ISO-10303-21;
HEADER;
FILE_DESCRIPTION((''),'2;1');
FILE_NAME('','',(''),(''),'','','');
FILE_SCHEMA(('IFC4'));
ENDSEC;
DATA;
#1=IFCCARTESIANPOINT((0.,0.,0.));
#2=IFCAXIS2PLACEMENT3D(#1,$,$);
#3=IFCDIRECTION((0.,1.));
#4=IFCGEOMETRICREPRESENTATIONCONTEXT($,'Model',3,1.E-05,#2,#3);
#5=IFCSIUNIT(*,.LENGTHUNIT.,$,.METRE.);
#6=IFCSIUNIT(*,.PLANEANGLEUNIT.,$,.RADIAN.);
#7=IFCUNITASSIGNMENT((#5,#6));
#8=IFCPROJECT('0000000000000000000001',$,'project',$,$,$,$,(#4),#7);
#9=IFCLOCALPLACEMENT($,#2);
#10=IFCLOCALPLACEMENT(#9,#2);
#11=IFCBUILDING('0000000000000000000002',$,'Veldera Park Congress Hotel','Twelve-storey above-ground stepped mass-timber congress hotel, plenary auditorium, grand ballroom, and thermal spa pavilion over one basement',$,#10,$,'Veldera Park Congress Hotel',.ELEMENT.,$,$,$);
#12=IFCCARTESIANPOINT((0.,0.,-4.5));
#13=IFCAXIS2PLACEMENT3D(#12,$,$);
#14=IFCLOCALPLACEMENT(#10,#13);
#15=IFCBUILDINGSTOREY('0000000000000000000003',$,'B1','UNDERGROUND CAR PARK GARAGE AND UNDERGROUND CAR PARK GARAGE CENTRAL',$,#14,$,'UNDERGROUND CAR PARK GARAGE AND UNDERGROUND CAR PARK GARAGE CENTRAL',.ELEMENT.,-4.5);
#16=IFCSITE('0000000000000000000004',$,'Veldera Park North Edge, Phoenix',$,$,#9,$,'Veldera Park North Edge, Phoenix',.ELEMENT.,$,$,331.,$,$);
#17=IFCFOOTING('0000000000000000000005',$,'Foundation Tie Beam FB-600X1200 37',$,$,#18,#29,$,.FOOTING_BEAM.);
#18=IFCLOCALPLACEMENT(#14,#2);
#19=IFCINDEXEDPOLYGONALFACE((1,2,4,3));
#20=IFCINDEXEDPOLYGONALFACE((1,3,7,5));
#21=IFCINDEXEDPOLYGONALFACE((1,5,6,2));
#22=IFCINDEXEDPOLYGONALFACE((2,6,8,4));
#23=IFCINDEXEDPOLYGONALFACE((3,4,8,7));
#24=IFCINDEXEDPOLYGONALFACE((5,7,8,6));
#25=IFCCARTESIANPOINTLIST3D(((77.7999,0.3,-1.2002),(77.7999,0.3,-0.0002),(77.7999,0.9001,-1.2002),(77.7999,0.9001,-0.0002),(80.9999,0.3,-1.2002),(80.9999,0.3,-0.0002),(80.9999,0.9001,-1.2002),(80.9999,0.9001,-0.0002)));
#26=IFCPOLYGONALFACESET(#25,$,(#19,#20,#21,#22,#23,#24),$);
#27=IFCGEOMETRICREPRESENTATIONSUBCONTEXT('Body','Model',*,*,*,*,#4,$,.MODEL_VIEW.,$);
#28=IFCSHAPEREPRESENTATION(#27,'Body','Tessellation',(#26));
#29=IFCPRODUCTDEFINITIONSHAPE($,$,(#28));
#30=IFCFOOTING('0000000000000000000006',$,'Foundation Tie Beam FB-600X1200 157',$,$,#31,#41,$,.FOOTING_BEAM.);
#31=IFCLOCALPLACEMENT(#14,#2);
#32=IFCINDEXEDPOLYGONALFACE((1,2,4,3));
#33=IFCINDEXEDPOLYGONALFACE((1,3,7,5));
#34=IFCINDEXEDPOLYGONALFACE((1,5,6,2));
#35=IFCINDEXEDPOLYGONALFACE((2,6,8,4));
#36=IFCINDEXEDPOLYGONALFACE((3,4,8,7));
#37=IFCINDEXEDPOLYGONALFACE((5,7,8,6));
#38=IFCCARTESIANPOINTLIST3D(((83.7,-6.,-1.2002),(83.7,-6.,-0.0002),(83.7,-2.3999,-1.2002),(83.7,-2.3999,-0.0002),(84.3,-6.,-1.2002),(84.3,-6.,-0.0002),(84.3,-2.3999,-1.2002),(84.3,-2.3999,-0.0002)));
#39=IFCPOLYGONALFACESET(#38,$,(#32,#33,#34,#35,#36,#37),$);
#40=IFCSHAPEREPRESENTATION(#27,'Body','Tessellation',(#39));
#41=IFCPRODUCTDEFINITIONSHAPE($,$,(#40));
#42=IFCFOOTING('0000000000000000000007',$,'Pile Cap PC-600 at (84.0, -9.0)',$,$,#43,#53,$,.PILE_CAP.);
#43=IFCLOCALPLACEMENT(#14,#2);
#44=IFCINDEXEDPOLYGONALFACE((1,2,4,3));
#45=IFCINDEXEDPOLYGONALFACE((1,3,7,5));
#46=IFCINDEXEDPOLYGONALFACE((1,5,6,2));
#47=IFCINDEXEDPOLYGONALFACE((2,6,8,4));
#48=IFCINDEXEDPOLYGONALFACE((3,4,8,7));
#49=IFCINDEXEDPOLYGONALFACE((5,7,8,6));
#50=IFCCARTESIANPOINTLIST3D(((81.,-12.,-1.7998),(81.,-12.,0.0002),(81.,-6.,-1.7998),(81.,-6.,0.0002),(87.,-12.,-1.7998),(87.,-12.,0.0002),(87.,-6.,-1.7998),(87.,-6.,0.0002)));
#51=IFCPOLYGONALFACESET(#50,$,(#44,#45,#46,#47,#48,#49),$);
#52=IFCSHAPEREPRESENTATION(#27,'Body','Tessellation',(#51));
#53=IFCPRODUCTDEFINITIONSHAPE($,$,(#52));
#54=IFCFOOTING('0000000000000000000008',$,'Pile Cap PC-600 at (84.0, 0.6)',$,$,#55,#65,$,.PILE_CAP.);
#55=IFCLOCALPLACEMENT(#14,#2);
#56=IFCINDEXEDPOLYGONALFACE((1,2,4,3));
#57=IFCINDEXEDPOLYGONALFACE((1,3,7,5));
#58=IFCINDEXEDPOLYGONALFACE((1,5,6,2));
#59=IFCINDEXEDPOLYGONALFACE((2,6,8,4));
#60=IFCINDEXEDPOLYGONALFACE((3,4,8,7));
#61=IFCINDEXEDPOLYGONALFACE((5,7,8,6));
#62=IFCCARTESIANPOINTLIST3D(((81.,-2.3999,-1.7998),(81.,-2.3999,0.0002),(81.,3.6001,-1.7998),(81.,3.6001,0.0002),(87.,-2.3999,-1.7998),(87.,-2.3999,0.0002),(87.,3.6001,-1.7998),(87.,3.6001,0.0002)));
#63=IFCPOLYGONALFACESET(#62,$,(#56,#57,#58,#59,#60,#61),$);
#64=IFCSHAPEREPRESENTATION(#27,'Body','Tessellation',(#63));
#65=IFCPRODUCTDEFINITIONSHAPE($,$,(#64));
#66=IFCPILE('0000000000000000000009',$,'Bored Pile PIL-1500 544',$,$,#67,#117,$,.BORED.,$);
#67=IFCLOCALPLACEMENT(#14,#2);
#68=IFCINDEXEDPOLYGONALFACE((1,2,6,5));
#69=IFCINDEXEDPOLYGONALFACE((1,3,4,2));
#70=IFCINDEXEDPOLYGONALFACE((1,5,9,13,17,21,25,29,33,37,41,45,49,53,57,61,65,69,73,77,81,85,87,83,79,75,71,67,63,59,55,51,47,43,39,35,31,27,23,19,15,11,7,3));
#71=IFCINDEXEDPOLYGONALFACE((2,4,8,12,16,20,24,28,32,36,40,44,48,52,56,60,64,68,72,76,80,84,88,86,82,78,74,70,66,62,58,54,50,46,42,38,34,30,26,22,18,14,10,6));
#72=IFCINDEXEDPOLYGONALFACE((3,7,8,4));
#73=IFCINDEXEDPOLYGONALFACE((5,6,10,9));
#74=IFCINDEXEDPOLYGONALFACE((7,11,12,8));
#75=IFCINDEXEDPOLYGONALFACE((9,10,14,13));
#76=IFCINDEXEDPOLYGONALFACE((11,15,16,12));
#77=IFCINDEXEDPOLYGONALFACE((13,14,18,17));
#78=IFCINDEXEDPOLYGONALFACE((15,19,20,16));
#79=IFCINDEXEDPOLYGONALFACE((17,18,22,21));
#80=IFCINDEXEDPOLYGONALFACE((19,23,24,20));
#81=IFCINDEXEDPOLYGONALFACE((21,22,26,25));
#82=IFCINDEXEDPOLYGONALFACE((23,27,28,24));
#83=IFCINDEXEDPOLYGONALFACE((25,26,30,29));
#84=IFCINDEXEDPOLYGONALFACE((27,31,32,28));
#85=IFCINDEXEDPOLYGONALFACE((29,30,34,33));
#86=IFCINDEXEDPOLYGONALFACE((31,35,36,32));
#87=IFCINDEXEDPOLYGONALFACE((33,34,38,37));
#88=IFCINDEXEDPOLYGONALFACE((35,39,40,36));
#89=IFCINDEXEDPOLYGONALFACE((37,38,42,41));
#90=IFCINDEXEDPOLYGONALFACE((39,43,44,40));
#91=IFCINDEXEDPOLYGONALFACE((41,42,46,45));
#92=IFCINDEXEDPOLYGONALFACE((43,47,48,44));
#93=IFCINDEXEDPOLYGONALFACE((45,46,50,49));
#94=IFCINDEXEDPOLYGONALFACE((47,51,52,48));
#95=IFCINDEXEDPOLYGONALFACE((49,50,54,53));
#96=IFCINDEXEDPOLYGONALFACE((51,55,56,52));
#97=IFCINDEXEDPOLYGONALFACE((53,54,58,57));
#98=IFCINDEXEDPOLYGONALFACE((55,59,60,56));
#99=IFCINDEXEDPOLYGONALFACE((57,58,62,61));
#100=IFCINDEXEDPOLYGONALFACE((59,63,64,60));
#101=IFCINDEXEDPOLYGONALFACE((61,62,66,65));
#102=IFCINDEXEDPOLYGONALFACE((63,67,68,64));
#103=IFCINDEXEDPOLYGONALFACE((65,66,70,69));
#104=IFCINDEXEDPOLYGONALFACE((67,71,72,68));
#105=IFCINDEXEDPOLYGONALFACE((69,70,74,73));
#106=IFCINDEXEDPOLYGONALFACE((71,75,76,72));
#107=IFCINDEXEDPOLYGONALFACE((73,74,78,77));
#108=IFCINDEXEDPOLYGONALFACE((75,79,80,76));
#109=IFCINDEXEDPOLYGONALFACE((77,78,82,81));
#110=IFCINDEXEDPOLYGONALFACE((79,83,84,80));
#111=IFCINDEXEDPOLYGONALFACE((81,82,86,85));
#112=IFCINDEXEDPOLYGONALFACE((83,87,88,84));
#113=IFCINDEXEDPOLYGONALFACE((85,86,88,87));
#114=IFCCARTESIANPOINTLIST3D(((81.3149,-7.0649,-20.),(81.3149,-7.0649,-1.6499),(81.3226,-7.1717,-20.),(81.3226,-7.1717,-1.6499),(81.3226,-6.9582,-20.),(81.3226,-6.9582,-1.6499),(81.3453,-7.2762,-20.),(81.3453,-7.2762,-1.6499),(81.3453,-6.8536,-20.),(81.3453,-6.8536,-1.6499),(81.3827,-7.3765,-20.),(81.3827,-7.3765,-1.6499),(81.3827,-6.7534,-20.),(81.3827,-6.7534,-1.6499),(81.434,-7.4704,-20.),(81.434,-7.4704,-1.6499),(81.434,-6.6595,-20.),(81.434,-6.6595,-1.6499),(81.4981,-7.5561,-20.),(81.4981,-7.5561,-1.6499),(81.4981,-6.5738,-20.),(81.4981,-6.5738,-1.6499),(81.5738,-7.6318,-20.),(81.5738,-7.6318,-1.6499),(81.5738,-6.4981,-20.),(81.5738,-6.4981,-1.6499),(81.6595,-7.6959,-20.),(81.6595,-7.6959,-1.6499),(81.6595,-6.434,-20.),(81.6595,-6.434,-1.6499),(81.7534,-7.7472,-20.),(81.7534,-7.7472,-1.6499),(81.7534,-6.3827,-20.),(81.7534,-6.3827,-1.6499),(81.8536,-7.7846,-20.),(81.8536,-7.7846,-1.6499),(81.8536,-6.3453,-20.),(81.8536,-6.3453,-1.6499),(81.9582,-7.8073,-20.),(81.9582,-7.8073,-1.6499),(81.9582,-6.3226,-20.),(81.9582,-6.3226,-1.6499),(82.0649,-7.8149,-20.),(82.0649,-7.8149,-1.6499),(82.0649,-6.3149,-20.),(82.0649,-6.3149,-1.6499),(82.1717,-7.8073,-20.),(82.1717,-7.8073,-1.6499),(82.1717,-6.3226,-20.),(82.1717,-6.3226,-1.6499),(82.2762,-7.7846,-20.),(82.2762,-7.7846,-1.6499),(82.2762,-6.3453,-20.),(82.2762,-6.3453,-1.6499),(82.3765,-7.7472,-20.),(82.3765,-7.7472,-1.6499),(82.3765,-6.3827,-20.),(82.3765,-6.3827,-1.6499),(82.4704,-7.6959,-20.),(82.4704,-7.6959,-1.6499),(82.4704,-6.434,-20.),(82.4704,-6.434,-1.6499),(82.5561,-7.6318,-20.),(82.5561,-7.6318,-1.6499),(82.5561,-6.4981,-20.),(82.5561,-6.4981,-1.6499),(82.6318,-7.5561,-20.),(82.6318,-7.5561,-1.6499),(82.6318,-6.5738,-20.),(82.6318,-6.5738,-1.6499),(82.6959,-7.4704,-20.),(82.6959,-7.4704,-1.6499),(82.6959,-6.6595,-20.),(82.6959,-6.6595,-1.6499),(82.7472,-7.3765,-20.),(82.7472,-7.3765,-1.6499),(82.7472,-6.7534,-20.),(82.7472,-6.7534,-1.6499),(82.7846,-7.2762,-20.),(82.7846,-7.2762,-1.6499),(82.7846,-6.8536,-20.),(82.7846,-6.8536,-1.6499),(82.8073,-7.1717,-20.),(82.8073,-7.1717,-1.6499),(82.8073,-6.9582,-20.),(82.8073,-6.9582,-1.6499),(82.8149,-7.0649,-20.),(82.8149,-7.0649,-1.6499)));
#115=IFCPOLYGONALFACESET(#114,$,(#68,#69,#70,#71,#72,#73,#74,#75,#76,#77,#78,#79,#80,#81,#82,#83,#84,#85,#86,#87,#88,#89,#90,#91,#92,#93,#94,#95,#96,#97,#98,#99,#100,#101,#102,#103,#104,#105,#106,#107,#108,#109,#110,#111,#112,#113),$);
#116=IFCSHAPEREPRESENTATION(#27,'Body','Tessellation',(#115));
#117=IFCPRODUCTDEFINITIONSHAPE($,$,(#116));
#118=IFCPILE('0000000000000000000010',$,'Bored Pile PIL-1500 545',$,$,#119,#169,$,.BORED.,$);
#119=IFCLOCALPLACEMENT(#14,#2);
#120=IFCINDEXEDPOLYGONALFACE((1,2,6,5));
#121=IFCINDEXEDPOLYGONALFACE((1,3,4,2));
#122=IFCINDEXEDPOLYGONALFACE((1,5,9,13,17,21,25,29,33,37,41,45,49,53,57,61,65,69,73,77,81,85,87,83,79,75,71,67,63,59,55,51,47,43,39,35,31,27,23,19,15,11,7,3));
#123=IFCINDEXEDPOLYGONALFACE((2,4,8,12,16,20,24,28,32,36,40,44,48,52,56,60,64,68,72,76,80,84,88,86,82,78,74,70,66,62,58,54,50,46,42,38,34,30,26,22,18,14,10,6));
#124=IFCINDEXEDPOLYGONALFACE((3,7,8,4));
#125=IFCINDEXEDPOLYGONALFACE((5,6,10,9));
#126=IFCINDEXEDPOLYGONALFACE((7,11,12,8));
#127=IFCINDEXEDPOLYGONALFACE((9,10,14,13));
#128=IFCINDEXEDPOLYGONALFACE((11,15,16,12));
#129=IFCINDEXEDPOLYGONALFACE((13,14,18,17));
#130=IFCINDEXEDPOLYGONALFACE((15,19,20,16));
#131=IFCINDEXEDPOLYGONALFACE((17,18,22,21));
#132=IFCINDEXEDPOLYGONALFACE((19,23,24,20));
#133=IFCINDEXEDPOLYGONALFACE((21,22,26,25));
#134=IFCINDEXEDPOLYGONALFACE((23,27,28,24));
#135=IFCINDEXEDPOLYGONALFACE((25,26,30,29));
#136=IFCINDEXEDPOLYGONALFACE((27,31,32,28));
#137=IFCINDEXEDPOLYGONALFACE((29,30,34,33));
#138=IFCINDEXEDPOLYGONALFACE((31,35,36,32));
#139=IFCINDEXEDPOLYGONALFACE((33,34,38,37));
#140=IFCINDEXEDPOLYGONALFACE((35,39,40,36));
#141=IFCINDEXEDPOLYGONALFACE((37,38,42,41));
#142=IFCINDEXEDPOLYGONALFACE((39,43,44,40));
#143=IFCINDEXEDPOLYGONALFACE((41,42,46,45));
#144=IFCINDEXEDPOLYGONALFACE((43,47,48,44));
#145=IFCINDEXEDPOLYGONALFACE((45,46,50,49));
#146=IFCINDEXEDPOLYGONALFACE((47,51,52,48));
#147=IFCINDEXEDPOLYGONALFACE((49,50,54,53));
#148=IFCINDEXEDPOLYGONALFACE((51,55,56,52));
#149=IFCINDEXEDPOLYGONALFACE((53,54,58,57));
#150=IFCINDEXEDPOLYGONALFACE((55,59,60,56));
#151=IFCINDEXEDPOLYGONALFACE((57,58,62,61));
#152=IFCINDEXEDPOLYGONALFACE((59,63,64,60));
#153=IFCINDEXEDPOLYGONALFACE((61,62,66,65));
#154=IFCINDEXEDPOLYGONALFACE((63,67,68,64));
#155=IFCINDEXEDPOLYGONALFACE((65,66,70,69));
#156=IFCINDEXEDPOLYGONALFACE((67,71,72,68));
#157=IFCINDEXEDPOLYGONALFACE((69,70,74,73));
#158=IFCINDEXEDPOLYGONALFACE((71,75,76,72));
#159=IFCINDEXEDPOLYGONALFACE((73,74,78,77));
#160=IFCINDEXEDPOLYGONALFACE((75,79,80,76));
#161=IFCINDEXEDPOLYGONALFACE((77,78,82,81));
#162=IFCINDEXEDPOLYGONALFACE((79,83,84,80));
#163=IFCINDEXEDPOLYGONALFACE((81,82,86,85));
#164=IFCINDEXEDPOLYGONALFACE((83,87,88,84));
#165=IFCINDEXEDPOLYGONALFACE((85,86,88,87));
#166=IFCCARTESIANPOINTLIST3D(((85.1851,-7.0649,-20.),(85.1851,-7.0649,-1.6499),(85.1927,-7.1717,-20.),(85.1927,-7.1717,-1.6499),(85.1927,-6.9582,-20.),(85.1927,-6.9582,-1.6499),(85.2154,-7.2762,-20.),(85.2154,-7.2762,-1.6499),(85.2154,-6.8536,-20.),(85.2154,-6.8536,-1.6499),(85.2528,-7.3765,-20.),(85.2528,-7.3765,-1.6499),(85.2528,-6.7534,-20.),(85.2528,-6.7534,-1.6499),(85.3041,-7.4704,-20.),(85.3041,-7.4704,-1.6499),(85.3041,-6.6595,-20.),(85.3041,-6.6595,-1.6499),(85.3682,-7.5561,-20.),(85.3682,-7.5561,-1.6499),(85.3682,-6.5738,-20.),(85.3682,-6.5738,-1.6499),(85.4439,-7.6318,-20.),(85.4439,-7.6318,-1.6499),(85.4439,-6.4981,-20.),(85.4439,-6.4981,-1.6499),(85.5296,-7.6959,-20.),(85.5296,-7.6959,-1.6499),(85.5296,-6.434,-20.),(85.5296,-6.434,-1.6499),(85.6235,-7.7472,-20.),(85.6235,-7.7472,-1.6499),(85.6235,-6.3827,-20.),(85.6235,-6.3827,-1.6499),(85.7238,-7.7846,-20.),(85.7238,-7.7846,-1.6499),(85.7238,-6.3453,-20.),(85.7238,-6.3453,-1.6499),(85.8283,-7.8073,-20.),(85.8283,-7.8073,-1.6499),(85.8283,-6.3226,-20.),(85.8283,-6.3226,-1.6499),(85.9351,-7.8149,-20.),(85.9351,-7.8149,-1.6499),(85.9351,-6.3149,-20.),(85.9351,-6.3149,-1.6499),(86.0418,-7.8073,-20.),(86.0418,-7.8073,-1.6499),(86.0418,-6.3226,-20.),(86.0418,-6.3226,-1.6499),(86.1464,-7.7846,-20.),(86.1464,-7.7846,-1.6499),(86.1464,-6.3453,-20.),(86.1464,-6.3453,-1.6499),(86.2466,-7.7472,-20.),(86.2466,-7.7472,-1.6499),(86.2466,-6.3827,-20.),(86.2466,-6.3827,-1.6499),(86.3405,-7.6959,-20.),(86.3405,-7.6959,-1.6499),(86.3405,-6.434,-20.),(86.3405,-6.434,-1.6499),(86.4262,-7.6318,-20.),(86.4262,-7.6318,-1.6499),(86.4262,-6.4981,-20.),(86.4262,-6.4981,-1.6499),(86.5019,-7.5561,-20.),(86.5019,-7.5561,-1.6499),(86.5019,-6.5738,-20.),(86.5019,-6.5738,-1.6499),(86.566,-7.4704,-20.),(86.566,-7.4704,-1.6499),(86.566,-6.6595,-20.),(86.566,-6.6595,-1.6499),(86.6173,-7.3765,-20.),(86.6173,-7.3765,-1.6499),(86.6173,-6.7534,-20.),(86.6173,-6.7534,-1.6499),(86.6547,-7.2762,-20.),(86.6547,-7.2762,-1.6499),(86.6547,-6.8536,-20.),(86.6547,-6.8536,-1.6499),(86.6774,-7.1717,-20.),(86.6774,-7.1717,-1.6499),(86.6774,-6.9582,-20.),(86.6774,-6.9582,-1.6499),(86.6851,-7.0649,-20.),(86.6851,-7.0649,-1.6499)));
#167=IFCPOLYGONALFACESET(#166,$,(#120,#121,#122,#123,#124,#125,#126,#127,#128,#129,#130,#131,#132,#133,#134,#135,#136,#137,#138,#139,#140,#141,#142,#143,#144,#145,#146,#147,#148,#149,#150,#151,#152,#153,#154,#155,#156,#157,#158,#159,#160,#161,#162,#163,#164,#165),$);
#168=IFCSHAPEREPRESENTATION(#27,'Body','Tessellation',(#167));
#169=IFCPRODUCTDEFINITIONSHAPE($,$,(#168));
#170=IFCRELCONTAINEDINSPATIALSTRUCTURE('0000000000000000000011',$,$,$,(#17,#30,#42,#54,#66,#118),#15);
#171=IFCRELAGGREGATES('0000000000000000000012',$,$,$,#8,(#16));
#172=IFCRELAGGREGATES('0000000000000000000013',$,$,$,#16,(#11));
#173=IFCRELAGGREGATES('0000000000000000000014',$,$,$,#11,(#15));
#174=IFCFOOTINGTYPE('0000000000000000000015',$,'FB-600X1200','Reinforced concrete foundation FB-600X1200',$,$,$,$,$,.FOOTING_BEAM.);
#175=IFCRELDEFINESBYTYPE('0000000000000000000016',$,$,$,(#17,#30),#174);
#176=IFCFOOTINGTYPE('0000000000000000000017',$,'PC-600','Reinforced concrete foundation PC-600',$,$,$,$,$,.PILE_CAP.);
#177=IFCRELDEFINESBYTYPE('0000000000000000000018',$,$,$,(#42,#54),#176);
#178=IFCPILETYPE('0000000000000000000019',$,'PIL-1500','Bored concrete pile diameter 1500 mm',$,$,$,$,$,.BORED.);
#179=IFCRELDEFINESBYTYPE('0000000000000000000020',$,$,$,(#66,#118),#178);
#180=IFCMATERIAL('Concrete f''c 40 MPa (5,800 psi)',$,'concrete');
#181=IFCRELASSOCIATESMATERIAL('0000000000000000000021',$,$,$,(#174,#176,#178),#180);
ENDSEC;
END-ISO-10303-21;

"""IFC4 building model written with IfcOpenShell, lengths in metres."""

from ifc_helpers import new_model, si_unit, direction, frame, origin, origin_2d, place, context, subcontext, project, spatial, rectangle, circle, extrude, material, material_profile, profile_set, type_object, element, save


model = new_model("IFC4")

# Units and contexts
model_context = context("Model", 3, precision=1e-05, world=origin(), true_north=direction((0.0, 1.0)))
body_context = subcontext(model_context, "Body", "Model", "MODEL_VIEW")
ifc_project = project(units=[si_unit("LENGTHUNIT", "METRE"), si_unit("PLANEANGLEUNIT", "RADIAN")], contexts=[model_context])

# Site, building, storey
site_placement = place(None, origin())
site = spatial("IfcSite", under=ifc_project, at=site_placement, Name="Veldera Park North Edge, Phoenix", LongName="Veldera Park North Edge, Phoenix", CompositionType="ELEMENT", RefElevation=331.0)
building_placement = place(site_placement, origin())
building = spatial("IfcBuilding", under=site, at=building_placement, Name="Veldera Park Congress Hotel", Description="Twelve-storey above-ground stepped mass-timber congress hotel, plenary auditorium, grand ballroom, and thermal spa pavilion over one basement", LongName="Veldera Park Congress Hotel", CompositionType="ELEMENT")
storey_placement = place(building_placement, frame((0.0, 0.0, -4.5)))
storey = spatial("IfcBuildingStorey", under=building, at=storey_placement, Name="B1", Description="UNDERGROUND CAR PARK GARAGE AND UNDERGROUND CAR PARK GARAGE CENTRAL", LongName="UNDERGROUND CAR PARK GARAGE AND UNDERGROUND CAR PARK GARAGE CENTRAL", CompositionType="ELEMENT", Elevation=-4.5)

# Footings
ifc_material_1 = material(Name="Concrete f'c 40 MPa (5,800 psi)", Category="concrete")
footing_type_1 = type_object("IfcFootingType", Name="FB-600X1200", Description="Reinforced concrete foundation FB-600X1200", PredefinedType="FOOTING_BEAM", material=ifc_material_1)
footing_1_placement = place(storey_placement, frame((79.3999, 0.6001, -1.2002), z_axis=(0.0, 0.0, 1.0), x_axis=(1.0, 0.0, 0.0)))
element("IfcFooting", 1, at=footing_1_placement, inside=storey, type_object=footing_type_1, Name="Foundation Tie Beam FB-600X1200 37", PredefinedType="FOOTING_BEAM", context=body_context, shape_type="SweptSolid", body=[
    extrude(rectangle(XDim=3.2, YDim=0.6001, at=origin_2d()), origin(), (0.0, 0.0, 1.0), 1.2),
])
footing_2_placement = place(storey_placement, frame((84.0, -4.2, -1.2002), z_axis=(0.0, 0.0, 1.0), x_axis=(0.0, 1.0, 0.0)))
element("IfcFooting", 2, at=footing_2_placement, inside=storey, type_object=footing_type_1, Name="Foundation Tie Beam FB-600X1200 157", PredefinedType="FOOTING_BEAM", context=body_context, shape_type="SweptSolid", body=[
    extrude(rectangle(XDim=3.6001, YDim=0.6001, at=origin_2d()), origin(), (0.0, 0.0, 1.0), 1.2),
])
footing_type_2 = type_object("IfcFootingType", Name="PC-600", Description="Reinforced concrete foundation PC-600", PredefinedType="PILE_CAP", material=ifc_material_1)
for number, where, z_axis, x_axis, name in (
    (3, (84.0, -9.0, -1.7998), (0.0, 0.0, 1.0), (1.0, 0.0, 0.0), "Pile Cap PC-600 at (84.0, -9.0)"),
    (4, (84.0, 0.6001, -1.7998), (0.0, 0.0, 1.0), (1.0, 0.0, 0.0), "Pile Cap PC-600 at (84.0, 0.6)"),
):
    element("IfcFooting", number, at=place(storey_placement, frame(where, z_axis=z_axis, x_axis=x_axis)), inside=storey, type_object=footing_type_2, Name=name, PredefinedType="PILE_CAP", context=body_context, shape_type="SweptSolid", body=[
        extrude(rectangle(XDim=6.0, YDim=6.0, at=origin_2d()), origin(), (0.0, 0.0, 1.0), 1.8),
    ])

# Piles
ifc_material_profile_1 = material_profile(ifc_material_1, circle(Radius=0.75, at=origin_2d()), Name="PILE D1500")
ifc_profile_set_1 = profile_set([ifc_material_profile_1], Name="Concrete f'c 40 MPa (5,800 psi)")
pile_type = type_object("IfcPileType", Name="PIL-1500", Description="Bored concrete pile diameter 1500 mm", PredefinedType="BORED", material=ifc_profile_set_1)
for number, where, z_axis, x_axis, name in (
    (5, (82.0649, -7.0649, -1.6499), (0.0, 0.0, -1.0), (1.0, 0.0, 0.0), "Bored Pile PIL-1500 544"),
    (6, (85.9351, -7.0649, -1.6499), (0.0, 0.0, -1.0), (1.0, 0.0, 0.0), "Bored Pile PIL-1500 545"),
):
    element("IfcPile", number, at=place(storey_placement, frame(where, z_axis=z_axis, x_axis=x_axis)), inside=storey, type_object=pile_type, Name=name, PredefinedType="BORED", context=body_context, shape_type="SweptSolid", body=[
        extrude(circle(Radius=0.75, at=origin_2d()), origin(), (0.0, 0.0, 1.0), 18.3501),
    ])

save(model, "model.ifc")
